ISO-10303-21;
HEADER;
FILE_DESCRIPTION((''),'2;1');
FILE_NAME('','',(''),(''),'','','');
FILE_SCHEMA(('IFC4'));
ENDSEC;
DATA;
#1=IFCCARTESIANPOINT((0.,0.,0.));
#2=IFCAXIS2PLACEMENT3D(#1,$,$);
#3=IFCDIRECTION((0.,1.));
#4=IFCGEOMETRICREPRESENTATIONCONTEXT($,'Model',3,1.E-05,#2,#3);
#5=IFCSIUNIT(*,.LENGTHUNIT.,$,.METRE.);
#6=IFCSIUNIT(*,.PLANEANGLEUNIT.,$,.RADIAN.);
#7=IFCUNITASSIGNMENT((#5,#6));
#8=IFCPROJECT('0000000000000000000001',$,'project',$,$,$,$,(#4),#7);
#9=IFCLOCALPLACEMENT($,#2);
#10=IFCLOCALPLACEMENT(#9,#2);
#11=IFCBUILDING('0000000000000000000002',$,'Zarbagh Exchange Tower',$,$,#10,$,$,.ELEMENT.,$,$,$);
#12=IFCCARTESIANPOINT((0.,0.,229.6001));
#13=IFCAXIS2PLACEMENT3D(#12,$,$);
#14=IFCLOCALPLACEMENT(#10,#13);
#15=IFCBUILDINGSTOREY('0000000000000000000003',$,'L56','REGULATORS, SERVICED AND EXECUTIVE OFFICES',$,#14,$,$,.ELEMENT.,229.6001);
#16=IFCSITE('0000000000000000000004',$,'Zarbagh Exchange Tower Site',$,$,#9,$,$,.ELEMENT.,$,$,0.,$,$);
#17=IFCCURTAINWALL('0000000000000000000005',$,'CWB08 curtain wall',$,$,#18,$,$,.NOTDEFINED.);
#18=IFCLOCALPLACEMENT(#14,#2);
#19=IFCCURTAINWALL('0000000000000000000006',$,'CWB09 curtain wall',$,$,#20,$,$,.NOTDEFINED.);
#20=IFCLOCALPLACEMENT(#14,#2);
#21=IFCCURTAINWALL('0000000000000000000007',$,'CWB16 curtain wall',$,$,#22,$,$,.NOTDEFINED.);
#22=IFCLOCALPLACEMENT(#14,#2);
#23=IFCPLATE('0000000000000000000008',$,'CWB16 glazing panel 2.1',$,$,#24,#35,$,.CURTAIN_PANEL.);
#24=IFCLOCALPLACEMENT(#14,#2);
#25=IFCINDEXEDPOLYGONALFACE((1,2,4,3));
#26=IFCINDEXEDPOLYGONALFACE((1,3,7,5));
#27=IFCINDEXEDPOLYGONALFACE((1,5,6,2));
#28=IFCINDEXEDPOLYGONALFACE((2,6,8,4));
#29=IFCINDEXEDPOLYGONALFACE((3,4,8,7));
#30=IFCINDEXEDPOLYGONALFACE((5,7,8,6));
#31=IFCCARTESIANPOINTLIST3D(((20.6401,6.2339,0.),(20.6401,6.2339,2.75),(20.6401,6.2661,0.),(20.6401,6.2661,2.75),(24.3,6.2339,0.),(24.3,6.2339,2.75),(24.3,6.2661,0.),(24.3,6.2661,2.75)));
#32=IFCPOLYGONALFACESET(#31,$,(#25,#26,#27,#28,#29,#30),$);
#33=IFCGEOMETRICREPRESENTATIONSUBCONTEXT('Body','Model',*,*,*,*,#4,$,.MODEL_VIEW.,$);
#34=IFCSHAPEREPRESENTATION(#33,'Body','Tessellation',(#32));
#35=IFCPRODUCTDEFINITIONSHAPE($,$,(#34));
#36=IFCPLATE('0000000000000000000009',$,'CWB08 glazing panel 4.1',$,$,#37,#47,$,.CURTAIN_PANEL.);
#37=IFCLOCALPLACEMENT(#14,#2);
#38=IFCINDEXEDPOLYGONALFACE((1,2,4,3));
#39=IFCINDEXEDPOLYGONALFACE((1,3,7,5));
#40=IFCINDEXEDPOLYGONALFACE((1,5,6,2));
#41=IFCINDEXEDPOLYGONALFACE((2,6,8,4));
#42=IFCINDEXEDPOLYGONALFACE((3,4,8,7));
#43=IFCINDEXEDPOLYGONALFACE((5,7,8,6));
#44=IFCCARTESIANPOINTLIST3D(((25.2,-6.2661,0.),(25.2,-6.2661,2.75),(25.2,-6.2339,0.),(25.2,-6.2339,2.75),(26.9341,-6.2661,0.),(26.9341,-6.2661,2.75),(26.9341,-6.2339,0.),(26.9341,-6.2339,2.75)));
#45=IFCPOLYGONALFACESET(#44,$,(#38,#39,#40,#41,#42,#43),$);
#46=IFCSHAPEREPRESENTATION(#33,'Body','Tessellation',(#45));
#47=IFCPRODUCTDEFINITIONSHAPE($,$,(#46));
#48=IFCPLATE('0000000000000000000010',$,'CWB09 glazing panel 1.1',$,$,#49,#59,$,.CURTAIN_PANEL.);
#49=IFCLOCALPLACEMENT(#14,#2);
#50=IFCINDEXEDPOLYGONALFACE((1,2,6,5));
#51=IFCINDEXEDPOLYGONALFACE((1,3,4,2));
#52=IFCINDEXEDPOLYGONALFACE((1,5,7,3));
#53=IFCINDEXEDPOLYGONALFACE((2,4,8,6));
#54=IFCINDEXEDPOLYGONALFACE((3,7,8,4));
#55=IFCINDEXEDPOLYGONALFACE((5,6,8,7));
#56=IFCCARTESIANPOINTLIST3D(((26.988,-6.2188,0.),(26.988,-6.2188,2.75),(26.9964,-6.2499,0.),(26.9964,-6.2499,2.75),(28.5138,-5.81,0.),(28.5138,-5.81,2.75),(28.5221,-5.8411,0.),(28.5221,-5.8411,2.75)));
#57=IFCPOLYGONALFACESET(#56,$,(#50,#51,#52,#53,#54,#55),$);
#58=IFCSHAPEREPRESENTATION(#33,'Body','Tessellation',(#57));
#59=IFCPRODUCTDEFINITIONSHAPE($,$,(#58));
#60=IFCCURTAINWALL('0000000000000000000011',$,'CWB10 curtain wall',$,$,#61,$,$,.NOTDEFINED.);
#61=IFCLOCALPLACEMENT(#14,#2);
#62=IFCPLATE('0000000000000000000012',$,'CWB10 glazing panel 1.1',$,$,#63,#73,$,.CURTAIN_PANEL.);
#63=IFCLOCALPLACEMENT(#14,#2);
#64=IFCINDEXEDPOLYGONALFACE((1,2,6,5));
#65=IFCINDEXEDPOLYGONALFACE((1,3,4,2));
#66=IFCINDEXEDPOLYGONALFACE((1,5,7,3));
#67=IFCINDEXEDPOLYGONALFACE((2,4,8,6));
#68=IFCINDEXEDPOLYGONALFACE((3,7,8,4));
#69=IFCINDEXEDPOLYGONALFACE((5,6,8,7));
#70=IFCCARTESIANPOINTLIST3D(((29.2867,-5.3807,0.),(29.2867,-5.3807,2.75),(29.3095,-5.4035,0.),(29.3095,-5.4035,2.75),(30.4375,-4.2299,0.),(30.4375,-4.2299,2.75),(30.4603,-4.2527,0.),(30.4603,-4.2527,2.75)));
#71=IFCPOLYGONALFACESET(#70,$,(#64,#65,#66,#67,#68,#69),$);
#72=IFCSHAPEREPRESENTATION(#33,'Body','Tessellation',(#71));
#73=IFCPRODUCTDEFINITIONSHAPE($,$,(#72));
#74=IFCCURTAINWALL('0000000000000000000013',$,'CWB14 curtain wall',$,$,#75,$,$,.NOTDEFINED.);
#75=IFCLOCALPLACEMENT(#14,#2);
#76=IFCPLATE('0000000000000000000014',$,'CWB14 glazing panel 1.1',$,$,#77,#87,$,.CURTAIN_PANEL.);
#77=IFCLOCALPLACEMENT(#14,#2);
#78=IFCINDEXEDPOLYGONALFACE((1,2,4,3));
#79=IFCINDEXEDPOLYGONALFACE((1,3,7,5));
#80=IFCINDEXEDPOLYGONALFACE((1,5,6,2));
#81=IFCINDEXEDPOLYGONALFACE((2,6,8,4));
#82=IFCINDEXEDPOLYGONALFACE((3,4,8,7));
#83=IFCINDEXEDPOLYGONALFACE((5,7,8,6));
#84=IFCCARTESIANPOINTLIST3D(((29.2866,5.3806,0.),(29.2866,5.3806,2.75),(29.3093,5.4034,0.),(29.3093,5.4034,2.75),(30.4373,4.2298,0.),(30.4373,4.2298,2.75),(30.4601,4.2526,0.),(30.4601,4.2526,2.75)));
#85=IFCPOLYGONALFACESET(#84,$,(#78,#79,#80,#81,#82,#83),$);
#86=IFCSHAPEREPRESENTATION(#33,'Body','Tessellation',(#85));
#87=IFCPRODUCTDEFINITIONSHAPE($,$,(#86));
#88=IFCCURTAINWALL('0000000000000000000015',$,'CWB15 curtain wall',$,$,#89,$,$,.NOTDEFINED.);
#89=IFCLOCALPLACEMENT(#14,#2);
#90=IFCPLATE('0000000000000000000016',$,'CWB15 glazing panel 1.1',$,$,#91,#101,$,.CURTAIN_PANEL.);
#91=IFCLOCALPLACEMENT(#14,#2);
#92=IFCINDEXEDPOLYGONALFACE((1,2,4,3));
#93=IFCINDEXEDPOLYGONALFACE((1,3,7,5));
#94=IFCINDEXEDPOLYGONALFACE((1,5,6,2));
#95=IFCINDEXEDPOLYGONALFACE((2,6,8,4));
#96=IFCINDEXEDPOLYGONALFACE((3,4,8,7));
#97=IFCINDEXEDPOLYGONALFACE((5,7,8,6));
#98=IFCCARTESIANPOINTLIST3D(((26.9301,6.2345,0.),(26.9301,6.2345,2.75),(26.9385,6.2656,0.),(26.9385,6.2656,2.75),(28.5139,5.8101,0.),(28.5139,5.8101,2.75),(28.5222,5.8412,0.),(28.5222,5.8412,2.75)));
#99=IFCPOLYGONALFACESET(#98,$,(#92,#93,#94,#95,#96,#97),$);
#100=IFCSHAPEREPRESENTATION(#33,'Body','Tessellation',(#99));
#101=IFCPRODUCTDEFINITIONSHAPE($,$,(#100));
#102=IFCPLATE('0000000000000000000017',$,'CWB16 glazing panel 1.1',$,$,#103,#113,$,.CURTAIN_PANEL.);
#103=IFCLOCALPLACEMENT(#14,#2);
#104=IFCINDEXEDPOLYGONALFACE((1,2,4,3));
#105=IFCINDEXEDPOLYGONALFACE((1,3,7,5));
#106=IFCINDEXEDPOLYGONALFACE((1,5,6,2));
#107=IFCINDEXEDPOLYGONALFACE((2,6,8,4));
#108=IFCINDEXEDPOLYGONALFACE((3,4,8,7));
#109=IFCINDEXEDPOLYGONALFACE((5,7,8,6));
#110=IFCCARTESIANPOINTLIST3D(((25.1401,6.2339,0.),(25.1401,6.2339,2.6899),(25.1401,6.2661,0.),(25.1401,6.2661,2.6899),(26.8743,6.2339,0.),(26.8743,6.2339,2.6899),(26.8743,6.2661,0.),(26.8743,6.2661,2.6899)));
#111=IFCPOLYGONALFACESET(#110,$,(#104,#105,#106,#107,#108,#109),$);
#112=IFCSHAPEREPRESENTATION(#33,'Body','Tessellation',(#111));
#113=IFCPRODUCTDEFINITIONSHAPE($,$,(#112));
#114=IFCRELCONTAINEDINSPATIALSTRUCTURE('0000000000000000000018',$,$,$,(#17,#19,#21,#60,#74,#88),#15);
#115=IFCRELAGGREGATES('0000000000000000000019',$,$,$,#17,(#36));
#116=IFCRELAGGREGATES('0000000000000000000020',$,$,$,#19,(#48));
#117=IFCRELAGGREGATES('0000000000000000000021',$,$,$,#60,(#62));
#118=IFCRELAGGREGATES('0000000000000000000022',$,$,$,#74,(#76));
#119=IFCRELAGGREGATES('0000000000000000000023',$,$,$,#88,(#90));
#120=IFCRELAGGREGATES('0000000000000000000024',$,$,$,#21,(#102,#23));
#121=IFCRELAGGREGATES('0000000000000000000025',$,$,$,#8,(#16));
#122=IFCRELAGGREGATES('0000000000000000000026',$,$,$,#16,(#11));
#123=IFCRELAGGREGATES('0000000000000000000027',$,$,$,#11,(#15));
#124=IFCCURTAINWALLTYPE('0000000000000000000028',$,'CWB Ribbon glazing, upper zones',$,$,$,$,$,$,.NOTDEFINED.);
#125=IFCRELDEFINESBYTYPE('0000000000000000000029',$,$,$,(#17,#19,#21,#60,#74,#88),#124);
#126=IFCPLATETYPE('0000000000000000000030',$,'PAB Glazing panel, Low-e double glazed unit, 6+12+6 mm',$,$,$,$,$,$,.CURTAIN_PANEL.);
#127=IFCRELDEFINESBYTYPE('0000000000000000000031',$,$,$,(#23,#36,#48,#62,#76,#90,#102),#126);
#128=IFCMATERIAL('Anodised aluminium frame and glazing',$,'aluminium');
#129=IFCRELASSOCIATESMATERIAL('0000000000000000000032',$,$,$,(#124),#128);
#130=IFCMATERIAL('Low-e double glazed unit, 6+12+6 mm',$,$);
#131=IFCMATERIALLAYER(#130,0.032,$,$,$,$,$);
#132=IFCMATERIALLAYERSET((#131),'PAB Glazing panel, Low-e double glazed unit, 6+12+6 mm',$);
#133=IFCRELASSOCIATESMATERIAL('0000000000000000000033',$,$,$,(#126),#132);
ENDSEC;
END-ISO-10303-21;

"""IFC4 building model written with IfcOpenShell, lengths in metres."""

from ifc_helpers import new_model, si_unit, direction, frame, origin, place, context, subcontext, project, spatial, polyline, outline, extrude, source, transform, mapped, material, layer, layer_set, type_object, element, aggregate, save


model = new_model("IFC4")

# Units and contexts
model_context = context("Model", 3, precision=1e-05, world=origin(), true_north=direction((0.0, 1.0)))
body_context = subcontext(model_context, "Body", "Model", "MODEL_VIEW")
ifc_project = project(units=[si_unit("LENGTHUNIT", "METRE"), si_unit("PLANEANGLEUNIT", "RADIAN")], contexts=[model_context])

# Site, building, storey
site_placement = place(None, origin())
site = spatial("IfcSite", under=ifc_project, at=site_placement, Name="Zarbagh Exchange Tower Site", CompositionType="ELEMENT", RefElevation=0.0)
building_placement = place(site_placement, origin())
building = spatial("IfcBuilding", under=site, at=building_placement, Name="Zarbagh Exchange Tower", CompositionType="ELEMENT")
storey_placement = place(building_placement, frame((0.0, 0.0, 229.6001)))
storey = spatial("IfcBuildingStorey", under=building, at=storey_placement, Name="L56", Description="REGULATORS, SERVICED AND EXECUTIVE OFFICES", CompositionType="ELEMENT", Elevation=229.6001)

# Curtain wall
ifc_material_1 = material(Name="Anodised aluminium frame and glazing", Category="aluminium")
curtain_wall_type = type_object("IfcCurtainWallType", Name="CWB Ribbon glazing, upper zones", PredefinedType="NOTDEFINED", material=ifc_material_1)
curtain_wall_1_placement = place(storey_placement, origin())
curtain_wall_1 = element("IfcCurtainWall", 1, at=curtain_wall_1_placement, inside=storey, type_object=curtain_wall_type, Name="CWB08 curtain wall", PredefinedType="NOTDEFINED")
placement = place(storey_placement, origin())

# Curtain wall
curtain_wall_2_placement = place(storey_placement, origin())
curtain_wall_2 = element("IfcCurtainWall", 2, at=curtain_wall_2_placement, inside=storey, type_object=curtain_wall_type, Name="CWB09 curtain wall", PredefinedType="NOTDEFINED")

# Curtain wall
curtain_wall_3_placement = place(storey_placement, origin())
curtain_wall_3 = element("IfcCurtainWall", 3, at=curtain_wall_3_placement, inside=storey, type_object=curtain_wall_type, Name="CWB16 curtain wall", PredefinedType="NOTDEFINED")

# Shared definitions
ifc_material_2 = material(Name="Low-e double glazed unit, 6+12+6 mm")
ifc_layer = layer(ifc_material_2, 0.032)
ifc_layer_set = layer_set([ifc_layer], Name="PAB Glazing panel, Low-e double glazed unit, 6+12+6 mm")
plate_type = type_object("IfcPlateType", Name="PAB Glazing panel, Low-e double glazed unit, 6+12+6 mm", PredefinedType="CURTAIN_PANEL", material=ifc_layer_set)

# Plates
shared_shape_1 = source(origin(), body_context, "Body", "SweptSolid", [
    extrude(outline(polyline([(0.0, -0.0161), (3.6599, -0.0161), (3.6599, 0.0161), (0.0, 0.0161), (0.0, -0.0161)])), origin(), (0.0, 0.0, 1.0), 2.75),
])
plate_1 = element("IfcPlate", 4, at=placement, type_object=plate_type, Name="CWB16 glazing panel 2.1", PredefinedType="CURTAIN_PANEL", context=body_context, shape_type="MappedRepresentation", body=[
    mapped(shared_shape_1, transform((24.3, 6.25, 0.0), x_axis=(-1.0, 0.0, 0.0), y_axis=(0.0, -1.0, 0.0), z_axis=(0.0, 0.0, 1.0))),
])
shared_shape_2 = source(origin(), body_context, "Body", "SweptSolid", [
    extrude(outline(polyline([(0.0, -0.0161), (1.7341, -0.0161), (1.7341, 0.0161), (0.0, 0.0161), (0.0, -0.0161)])), origin(), (0.0, 0.0, 1.0), 2.75),
])
plate_2 = element("IfcPlate", 5, at=placement, type_object=plate_type, Name="CWB08 glazing panel 4.1", PredefinedType="CURTAIN_PANEL", context=body_context, shape_type="MappedRepresentation", body=[
    mapped(shared_shape_2, transform((25.2, -6.25, 0.0), x_axis=(1.0, 0.0, 0.0), y_axis=(0.0, 1.0, 0.0), z_axis=(0.0, 0.0, 1.0))),
])
aggregate(curtain_wall_1, [plate_2])
shared_shape_3 = source(origin(), body_context, "Body", "SweptSolid", [
    extrude(outline(polyline([(0.0, -0.0161), (1.5796, -0.0161), (1.5796, 0.0161), (0.0, 0.0161), (0.0, -0.0161)])), origin(), (0.0, 0.0, 1.0), 2.75),
])
plate_3 = element("IfcPlate", 6, at=placement, type_object=plate_type, Name="CWB09 glazing panel 1.1", PredefinedType="CURTAIN_PANEL", context=body_context, shape_type="MappedRepresentation", body=[
    mapped(shared_shape_3, transform((26.9922, -6.2344, 0.0), x_axis=(0.965924, 0.258825, 0.0), y_axis=(-0.258825, 0.965924, 0.0), z_axis=(0.0, 0.0, 1.0))),
])
aggregate(curtain_wall_2, [plate_3])

# Curtain walls, plates
curtain_wall_4_placement = place(storey_placement, origin())
curtain_wall_4 = element("IfcCurtainWall", 7, at=curtain_wall_4_placement, inside=storey, type_object=curtain_wall_type, Name="CWB10 curtain wall", PredefinedType="NOTDEFINED")
shared_shape_4 = source(origin(), body_context, "Body", "SweptSolid", [
    extrude(outline(polyline([(0.0, -0.0161), (1.6274, -0.0161), (1.6274, 0.0161), (0.0, 0.0161), (0.0, -0.0161)])), origin(), (0.0, 0.0, 1.0), 2.75),
])
plate_4 = element("IfcPlate", 8, at=placement, type_object=plate_type, Name="CWB10 glazing panel 1.1", PredefinedType="CURTAIN_PANEL", context=body_context, shape_type="MappedRepresentation", body=[
    mapped(shared_shape_4, transform((29.2981, -5.3921, 0.0), x_axis=(0.707107, 0.707107, 0.0), y_axis=(-0.707107, 0.707107, 0.0), z_axis=(0.0, 0.0, 1.0))),
])
aggregate(curtain_wall_4, [plate_4])
curtain_wall_5_placement = place(storey_placement, origin())
curtain_wall_5 = element("IfcCurtainWall", 9, at=curtain_wall_5_placement, inside=storey, type_object=curtain_wall_type, Name="CWB14 curtain wall", PredefinedType="NOTDEFINED")
plate_5 = element("IfcPlate", 10, at=placement, type_object=plate_type, Name="CWB14 glazing panel 1.1", PredefinedType="CURTAIN_PANEL", context=body_context, shape_type="MappedRepresentation", body=[
    mapped(shared_shape_4, transform((30.4487, 4.2412, 0.0), x_axis=(-0.707107, 0.707107, 0.0), y_axis=(-0.707107, -0.707107, 0.0), z_axis=(0.0, 0.0, 1.0))),
])
aggregate(curtain_wall_5, [plate_5])
curtain_wall_6_placement = place(storey_placement, origin())
curtain_wall_6 = element("IfcCurtainWall", 11, at=curtain_wall_6_placement, inside=storey, type_object=curtain_wall_type, Name="CWB15 curtain wall", PredefinedType="NOTDEFINED")
shared_shape_5 = source(origin(), body_context, "Body", "SweptSolid", [
    extrude(outline(polyline([(0.0, -0.0161), (1.6396, -0.0161), (1.6396, 0.0161), (0.0, 0.0161), (0.0, -0.0161)])), origin(), (0.0, 0.0, 1.0), 2.75),
])
plate_6 = element("IfcPlate", 12, at=placement, type_object=plate_type, Name="CWB15 glazing panel 1.1", PredefinedType="CURTAIN_PANEL", context=body_context, shape_type="MappedRepresentation", body=[
    mapped(shared_shape_5, transform((28.5181, 5.8257, 0.0), x_axis=(-0.965924, 0.258825, 0.0), y_axis=(-0.258825, -0.965924, 0.0), z_axis=(0.0, 0.0, 1.0))),
])
aggregate(curtain_wall_6, [plate_6])

# Plate
shared_shape_6 = source(origin(), body_context, "Body", "SweptSolid", [
    extrude(outline(polyline([(0.0, -0.0161), (1.7341, -0.0161), (1.7341, 0.0161), (0.0, 0.0161), (0.0, -0.0161)])), origin(), (0.0, 0.0, 1.0), 2.6899),
])
plate_7 = element("IfcPlate", 13, at=placement, type_object=plate_type, Name="CWB16 glazing panel 1.1", PredefinedType="CURTAIN_PANEL", context=body_context, shape_type="MappedRepresentation", body=[
    mapped(shared_shape_6, transform((26.8743, 6.25, 0.0), x_axis=(-1.0, 0.0, 0.0), y_axis=(0.0, -1.0, 0.0), z_axis=(0.0, 0.0, 1.0))),
])
aggregate(curtain_wall_3, [plate_7, plate_1])

save(model, "model.ifc")
